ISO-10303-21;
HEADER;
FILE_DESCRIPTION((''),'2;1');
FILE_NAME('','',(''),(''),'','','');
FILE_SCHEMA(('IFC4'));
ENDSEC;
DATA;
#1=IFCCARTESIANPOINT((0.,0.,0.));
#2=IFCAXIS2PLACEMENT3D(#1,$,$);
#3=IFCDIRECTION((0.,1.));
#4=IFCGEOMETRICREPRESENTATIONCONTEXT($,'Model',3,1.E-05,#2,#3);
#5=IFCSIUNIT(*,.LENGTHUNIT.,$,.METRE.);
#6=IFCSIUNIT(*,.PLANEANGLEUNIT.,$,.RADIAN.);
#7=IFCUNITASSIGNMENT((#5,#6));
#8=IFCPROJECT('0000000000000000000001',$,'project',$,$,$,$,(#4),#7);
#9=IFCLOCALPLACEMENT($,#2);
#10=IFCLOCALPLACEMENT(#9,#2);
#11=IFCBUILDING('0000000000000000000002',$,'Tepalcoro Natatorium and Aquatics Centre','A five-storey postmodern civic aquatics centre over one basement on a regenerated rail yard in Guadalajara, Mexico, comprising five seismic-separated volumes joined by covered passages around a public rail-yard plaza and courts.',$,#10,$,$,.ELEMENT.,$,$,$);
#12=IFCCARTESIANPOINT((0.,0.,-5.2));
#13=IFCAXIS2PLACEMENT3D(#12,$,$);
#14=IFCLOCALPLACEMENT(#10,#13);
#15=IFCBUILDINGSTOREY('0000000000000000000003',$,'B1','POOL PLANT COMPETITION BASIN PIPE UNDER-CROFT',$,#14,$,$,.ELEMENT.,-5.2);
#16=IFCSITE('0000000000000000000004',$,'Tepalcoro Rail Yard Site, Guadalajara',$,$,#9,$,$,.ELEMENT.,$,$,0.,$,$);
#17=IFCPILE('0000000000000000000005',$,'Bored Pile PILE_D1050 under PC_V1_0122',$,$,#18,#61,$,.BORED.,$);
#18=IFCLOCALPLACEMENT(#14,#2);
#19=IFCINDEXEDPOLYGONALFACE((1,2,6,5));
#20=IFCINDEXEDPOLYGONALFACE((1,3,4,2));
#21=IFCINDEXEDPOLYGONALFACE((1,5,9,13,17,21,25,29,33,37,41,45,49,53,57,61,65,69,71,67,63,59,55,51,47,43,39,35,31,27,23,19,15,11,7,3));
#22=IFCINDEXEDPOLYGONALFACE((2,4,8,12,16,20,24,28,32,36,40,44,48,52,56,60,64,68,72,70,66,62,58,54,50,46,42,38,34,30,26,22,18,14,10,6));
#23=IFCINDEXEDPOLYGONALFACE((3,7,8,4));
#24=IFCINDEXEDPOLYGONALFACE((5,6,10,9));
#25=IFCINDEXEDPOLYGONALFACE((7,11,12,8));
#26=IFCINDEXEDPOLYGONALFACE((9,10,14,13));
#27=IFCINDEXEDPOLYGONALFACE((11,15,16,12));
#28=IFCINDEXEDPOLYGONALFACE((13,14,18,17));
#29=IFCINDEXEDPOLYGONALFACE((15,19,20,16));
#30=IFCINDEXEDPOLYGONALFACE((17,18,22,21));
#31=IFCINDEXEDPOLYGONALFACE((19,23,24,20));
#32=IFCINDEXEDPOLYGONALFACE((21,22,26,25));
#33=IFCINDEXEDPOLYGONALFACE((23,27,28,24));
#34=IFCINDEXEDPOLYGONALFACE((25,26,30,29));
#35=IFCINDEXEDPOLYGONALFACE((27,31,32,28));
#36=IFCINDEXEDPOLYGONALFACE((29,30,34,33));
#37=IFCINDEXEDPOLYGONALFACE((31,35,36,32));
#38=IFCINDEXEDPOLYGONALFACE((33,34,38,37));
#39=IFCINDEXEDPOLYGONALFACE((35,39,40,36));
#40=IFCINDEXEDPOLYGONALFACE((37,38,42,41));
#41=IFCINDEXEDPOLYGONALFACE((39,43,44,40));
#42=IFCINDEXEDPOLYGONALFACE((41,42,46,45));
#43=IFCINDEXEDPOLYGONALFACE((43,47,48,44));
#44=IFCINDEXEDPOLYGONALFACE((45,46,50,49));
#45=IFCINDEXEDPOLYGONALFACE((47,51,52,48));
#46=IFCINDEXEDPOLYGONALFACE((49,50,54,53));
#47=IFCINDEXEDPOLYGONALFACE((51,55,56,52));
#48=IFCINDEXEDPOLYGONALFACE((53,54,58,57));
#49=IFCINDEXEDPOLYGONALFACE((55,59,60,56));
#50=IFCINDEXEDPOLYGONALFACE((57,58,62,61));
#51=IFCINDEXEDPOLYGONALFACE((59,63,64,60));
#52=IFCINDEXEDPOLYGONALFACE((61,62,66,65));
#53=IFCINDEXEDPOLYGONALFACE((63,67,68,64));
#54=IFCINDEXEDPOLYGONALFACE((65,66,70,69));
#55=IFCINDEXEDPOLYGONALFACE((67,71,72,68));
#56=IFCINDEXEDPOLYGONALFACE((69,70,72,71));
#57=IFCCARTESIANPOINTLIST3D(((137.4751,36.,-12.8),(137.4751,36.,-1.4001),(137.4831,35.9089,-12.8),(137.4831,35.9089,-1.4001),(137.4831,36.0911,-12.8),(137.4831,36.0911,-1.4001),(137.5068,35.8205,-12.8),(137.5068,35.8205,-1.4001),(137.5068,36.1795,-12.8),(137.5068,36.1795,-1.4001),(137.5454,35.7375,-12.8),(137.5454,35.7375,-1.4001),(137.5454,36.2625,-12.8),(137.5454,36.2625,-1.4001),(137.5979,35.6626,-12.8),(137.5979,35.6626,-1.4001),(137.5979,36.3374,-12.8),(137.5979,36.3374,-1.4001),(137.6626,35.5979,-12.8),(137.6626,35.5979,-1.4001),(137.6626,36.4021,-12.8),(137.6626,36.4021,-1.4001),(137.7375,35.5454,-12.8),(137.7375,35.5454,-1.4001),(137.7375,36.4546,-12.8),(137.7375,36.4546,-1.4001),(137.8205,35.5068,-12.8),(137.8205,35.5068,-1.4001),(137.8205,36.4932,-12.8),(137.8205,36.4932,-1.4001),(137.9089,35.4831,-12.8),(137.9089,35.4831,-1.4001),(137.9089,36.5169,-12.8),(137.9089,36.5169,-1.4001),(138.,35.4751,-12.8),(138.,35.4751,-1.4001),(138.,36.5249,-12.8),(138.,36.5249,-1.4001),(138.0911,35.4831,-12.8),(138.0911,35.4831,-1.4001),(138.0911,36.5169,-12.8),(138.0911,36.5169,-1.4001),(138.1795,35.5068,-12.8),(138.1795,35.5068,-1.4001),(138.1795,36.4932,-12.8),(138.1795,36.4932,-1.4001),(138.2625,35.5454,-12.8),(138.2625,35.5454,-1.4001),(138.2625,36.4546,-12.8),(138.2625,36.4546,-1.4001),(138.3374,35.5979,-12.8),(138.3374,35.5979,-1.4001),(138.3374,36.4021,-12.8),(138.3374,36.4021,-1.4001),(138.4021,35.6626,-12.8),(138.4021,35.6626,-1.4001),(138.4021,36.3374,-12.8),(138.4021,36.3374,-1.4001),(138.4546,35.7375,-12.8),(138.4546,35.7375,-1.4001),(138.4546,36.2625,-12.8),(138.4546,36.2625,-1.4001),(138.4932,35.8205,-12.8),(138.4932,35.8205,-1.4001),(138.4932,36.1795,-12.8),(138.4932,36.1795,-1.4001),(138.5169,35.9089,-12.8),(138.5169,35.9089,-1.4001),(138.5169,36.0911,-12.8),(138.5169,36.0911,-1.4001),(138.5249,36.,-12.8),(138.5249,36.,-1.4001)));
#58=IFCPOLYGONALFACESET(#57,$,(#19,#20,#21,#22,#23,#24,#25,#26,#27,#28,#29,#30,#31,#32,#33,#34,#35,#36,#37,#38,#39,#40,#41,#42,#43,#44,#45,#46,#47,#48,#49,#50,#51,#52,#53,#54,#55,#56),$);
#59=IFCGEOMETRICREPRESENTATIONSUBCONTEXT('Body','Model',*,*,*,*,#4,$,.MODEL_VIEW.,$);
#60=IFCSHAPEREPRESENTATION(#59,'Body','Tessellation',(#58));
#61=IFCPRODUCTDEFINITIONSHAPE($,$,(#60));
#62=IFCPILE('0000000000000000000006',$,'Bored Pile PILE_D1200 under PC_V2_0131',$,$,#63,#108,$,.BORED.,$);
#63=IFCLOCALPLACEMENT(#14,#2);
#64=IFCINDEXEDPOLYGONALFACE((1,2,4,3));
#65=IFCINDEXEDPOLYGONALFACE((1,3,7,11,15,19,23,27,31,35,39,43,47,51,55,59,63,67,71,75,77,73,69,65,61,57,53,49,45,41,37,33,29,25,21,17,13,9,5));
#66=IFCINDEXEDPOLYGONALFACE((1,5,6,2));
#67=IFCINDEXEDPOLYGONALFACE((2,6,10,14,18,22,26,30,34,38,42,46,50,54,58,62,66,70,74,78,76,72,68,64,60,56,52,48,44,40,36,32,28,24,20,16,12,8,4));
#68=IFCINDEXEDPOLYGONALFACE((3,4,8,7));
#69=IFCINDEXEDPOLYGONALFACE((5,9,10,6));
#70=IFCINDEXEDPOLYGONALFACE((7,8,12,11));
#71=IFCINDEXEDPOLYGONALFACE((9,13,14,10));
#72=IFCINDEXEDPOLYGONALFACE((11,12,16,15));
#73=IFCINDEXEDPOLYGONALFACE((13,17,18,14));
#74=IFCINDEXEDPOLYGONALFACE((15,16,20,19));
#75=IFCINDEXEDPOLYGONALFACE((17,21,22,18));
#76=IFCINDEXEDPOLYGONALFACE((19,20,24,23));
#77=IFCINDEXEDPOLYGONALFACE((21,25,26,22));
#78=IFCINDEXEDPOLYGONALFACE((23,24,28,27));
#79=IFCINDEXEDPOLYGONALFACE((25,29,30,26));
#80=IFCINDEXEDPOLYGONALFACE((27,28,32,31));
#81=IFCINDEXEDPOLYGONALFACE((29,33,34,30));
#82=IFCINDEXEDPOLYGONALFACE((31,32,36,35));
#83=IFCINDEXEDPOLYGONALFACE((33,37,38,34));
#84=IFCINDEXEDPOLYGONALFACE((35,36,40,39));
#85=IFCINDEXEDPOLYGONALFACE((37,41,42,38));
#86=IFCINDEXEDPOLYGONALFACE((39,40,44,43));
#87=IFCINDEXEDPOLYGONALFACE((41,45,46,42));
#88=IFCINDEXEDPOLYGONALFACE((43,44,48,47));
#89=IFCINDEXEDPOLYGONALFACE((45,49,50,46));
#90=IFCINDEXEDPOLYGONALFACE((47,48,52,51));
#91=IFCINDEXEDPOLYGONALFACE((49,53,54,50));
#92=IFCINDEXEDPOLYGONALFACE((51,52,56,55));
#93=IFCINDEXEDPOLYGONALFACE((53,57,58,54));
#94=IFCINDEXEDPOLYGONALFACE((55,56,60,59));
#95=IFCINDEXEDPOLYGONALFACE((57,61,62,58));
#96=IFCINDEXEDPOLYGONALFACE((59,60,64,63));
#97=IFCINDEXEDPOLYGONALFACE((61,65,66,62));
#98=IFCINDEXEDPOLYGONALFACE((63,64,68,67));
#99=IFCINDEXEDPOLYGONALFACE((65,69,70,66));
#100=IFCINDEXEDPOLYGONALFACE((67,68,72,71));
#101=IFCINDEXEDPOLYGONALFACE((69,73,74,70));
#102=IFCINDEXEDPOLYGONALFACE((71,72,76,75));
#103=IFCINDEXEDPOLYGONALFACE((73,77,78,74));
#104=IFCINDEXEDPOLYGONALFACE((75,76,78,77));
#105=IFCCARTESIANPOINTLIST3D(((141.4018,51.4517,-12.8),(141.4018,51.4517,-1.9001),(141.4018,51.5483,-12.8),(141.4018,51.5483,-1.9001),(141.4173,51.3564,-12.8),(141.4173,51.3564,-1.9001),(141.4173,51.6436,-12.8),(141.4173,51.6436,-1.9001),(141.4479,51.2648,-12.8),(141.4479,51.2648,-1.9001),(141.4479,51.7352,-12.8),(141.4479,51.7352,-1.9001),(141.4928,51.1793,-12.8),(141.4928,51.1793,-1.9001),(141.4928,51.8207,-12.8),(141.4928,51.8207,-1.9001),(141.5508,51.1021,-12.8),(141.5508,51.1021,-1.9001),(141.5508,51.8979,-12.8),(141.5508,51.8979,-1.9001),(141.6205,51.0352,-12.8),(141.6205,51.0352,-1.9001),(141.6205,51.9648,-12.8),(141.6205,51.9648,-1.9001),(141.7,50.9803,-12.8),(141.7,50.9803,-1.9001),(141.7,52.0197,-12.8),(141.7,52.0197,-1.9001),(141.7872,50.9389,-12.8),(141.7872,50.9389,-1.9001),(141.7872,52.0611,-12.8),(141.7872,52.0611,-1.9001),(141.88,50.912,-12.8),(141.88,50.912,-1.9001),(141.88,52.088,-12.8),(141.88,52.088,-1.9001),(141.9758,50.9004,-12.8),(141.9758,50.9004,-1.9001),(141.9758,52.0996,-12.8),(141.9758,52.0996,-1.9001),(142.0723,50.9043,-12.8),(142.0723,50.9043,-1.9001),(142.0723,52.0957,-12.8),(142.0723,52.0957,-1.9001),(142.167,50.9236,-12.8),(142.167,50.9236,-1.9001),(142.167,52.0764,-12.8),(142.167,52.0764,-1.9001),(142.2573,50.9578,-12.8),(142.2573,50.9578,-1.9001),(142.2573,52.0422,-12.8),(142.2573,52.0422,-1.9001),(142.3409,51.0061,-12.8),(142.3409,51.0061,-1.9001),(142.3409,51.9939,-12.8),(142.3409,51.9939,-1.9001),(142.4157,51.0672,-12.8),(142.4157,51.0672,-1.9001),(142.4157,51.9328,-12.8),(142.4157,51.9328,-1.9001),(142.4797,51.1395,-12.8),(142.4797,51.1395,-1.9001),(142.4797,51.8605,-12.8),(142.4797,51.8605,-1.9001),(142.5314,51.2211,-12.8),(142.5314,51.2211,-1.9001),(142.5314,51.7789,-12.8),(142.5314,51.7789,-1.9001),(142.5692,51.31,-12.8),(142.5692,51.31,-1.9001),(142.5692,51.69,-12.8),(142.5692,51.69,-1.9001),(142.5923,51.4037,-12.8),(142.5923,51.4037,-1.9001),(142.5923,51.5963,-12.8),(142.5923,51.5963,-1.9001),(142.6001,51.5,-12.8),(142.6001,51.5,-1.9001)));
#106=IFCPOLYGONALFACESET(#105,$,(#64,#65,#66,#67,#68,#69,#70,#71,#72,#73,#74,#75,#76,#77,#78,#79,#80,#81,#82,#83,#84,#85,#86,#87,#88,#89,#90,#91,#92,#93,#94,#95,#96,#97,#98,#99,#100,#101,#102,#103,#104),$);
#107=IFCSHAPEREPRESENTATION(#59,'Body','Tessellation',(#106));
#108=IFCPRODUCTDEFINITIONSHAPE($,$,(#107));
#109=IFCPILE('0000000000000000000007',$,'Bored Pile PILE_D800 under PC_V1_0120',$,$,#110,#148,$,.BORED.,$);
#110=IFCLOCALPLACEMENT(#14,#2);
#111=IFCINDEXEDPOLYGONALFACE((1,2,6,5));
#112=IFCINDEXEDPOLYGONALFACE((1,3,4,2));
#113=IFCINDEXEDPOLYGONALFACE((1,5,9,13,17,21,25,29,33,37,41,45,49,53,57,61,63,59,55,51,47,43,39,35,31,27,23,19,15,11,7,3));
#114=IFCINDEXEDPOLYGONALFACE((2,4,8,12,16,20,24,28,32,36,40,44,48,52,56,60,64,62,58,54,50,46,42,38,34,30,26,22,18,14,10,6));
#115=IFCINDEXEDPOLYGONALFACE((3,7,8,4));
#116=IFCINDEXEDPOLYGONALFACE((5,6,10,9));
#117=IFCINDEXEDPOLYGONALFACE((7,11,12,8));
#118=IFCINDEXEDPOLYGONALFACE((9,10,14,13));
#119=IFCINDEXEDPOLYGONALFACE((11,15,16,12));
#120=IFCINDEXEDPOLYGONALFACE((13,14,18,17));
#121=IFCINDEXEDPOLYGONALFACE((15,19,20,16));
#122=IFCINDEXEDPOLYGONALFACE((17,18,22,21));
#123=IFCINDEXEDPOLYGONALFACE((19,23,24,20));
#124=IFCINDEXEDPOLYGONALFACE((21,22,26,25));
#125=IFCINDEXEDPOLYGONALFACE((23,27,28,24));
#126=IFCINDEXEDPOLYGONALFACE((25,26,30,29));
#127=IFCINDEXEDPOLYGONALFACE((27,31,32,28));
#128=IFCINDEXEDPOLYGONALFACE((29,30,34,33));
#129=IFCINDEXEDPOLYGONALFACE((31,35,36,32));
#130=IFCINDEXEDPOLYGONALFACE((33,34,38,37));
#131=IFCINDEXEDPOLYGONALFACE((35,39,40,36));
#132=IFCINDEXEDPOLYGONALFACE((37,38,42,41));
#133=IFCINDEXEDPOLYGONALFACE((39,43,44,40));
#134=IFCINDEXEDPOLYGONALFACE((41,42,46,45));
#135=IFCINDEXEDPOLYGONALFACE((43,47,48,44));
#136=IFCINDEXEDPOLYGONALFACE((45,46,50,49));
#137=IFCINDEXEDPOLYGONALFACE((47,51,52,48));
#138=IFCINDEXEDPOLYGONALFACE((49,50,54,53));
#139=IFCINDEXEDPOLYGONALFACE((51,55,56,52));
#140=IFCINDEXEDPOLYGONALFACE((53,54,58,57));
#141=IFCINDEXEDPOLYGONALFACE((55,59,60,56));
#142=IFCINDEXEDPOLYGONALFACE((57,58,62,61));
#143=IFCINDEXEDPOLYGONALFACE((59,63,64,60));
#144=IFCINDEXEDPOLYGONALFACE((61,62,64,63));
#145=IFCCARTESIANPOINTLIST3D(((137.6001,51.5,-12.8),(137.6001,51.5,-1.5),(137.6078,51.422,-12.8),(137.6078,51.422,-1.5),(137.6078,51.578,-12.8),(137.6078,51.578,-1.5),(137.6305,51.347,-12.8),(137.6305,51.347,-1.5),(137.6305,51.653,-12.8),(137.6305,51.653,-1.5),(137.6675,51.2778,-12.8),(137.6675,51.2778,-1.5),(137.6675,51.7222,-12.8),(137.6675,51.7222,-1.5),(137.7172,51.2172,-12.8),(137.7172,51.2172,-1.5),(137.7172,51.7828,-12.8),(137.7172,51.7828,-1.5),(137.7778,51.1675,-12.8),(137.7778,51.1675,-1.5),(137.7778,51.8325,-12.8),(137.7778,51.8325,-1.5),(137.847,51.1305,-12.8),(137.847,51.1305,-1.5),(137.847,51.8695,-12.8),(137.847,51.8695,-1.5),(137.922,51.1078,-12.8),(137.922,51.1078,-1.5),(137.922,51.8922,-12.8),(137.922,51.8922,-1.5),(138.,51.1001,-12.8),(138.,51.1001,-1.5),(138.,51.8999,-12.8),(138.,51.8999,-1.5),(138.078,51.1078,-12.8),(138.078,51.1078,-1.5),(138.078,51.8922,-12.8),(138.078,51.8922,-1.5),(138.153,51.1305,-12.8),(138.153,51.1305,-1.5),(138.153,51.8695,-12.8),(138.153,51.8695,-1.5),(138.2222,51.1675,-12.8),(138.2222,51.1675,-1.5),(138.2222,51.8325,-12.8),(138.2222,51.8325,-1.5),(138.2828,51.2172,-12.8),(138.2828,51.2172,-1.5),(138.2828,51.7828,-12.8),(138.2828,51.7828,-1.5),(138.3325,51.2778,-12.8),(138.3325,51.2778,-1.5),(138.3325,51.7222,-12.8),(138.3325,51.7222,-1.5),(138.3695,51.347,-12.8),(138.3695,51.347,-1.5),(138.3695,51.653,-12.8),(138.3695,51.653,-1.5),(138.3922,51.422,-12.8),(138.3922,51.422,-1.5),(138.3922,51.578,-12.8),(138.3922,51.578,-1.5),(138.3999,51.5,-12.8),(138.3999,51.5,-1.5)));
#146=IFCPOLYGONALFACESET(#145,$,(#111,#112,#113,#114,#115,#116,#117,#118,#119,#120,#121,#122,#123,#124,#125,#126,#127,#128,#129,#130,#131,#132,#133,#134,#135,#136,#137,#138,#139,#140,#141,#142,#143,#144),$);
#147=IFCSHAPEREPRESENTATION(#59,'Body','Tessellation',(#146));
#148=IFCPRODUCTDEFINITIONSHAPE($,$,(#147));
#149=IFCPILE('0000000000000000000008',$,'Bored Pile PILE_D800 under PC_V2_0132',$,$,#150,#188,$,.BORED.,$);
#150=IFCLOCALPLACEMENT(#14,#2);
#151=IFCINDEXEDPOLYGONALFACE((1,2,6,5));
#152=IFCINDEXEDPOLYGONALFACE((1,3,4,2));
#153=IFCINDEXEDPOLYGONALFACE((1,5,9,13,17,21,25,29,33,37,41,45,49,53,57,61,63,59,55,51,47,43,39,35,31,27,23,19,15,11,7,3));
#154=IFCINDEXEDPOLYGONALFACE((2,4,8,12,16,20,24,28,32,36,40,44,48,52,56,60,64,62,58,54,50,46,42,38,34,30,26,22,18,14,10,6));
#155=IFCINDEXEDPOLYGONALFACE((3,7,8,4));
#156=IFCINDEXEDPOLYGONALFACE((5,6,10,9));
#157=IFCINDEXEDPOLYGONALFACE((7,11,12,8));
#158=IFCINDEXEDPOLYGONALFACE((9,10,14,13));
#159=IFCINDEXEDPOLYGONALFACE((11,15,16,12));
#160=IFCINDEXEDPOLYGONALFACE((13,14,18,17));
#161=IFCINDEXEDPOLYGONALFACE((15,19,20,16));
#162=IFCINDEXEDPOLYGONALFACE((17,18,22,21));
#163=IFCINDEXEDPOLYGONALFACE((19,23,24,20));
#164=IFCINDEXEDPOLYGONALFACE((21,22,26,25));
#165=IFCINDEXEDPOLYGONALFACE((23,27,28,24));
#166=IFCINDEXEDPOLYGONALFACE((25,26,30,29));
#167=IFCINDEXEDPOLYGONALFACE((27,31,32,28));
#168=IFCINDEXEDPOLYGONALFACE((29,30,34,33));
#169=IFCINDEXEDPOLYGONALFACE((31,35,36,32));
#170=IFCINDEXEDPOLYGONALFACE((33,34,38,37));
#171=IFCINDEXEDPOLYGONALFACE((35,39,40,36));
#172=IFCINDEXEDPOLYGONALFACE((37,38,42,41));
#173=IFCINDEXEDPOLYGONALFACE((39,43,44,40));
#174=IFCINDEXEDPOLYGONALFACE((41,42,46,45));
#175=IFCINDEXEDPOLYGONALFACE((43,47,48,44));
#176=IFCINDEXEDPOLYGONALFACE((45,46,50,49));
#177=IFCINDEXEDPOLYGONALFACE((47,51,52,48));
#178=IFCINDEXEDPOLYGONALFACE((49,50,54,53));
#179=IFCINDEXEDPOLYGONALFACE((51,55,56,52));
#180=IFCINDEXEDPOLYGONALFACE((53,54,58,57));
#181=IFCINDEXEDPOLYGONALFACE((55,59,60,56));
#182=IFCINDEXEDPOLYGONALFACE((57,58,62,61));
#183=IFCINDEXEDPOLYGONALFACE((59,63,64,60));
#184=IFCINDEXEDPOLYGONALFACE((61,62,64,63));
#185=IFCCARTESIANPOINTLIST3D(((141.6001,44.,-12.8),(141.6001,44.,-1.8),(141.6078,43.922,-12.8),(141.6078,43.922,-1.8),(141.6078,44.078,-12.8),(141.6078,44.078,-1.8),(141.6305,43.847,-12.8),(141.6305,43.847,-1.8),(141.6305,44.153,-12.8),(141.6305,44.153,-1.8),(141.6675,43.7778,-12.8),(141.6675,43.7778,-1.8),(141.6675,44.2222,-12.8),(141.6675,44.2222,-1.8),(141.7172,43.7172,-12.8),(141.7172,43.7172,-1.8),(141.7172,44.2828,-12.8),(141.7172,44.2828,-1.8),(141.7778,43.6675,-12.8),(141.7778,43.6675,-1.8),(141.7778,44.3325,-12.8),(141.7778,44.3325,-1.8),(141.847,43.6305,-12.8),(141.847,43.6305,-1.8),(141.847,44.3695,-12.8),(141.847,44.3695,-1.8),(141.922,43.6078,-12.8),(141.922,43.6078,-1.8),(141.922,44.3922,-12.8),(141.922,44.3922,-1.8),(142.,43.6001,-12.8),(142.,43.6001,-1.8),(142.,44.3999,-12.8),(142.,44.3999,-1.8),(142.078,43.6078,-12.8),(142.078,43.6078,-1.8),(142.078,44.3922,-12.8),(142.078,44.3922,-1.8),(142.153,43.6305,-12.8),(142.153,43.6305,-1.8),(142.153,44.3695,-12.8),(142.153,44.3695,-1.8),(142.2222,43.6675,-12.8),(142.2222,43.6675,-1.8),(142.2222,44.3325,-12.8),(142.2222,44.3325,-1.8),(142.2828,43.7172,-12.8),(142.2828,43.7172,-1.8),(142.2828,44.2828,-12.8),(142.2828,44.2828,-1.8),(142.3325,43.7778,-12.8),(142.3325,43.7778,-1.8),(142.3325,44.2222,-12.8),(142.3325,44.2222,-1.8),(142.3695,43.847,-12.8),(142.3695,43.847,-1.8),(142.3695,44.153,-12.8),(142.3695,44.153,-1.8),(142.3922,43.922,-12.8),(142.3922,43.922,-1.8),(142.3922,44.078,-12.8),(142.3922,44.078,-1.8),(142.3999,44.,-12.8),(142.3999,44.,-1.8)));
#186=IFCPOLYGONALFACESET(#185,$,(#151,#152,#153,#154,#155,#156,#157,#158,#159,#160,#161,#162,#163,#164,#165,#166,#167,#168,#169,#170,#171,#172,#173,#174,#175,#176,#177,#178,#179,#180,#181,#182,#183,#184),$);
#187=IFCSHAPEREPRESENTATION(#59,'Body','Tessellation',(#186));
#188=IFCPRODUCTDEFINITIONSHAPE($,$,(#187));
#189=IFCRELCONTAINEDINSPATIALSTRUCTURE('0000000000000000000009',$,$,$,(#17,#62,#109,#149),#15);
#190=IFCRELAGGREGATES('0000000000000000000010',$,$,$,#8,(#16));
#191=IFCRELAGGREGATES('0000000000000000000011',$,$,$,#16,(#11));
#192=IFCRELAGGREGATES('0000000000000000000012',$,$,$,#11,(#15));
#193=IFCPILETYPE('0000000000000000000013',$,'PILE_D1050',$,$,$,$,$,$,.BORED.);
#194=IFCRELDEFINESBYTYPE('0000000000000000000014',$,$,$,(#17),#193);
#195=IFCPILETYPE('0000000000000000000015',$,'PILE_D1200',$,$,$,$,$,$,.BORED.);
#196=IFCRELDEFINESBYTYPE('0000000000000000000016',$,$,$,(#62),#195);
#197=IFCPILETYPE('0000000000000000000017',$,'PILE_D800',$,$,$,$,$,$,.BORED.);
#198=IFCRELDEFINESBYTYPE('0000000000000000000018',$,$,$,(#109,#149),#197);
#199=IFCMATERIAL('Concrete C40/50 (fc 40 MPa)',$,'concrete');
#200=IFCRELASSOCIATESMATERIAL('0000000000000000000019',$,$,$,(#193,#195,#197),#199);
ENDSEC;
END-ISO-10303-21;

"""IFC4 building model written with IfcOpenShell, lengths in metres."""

from ifc_helpers import new_model, si_unit, direction, frame, origin, origin_2d, place, context, subcontext, project, spatial, circle, extrude, material, material_profile, profile_set, type_object, element, save


model = new_model("IFC4")

# Units and contexts
model_context = context("Model", 3, precision=1e-05, world=origin(), true_north=direction((0.0, 1.0)))
body_context = subcontext(model_context, "Body", "Model", "MODEL_VIEW")
ifc_project = project(units=[si_unit("LENGTHUNIT", "METRE"), si_unit("PLANEANGLEUNIT", "RADIAN")], contexts=[model_context])

# Site, building, storey
site_placement = place(None, origin())
site = spatial("IfcSite", under=ifc_project, at=site_placement, Name="Tepalcoro Rail Yard Site, Guadalajara", CompositionType="ELEMENT", RefElevation=0.0)
building_placement = place(site_placement, origin())
building = spatial("IfcBuilding", under=site, at=building_placement, Name="Tepalcoro Natatorium and Aquatics Centre", Description="A five-storey postmodern civic aquatics centre over one basement on a regenerated rail yard in Guadalajara, Mexico, comprising five seismic-separated volumes joined by covered passages around a public rail-yard plaza and courts.", CompositionType="ELEMENT")
storey_placement = place(building_placement, frame((0.0, 0.0, -5.2)))
storey = spatial("IfcBuildingStorey", under=building, at=storey_placement, Name="B1", Description="POOL PLANT COMPETITION BASIN PIPE UNDER-CROFT", CompositionType="ELEMENT", Elevation=-5.2)

# Piles
ifc_material_1 = material(Name="Concrete C40/50 (fc 40 MPa)", Category="concrete")
ifc_material_profile_1 = material_profile(ifc_material_1, circle(Radius=0.5249, at=origin_2d()), Name="PILE_D1050")
ifc_profile_set_1 = profile_set([ifc_material_profile_1], Name="Concrete C40/50 (fc 40 MPa)")
pile_type_1 = type_object("IfcPileType", Name="PILE_D1050", PredefinedType="BORED", material=ifc_profile_set_1)
pile_1_placement = place(storey_placement, frame((138.0, 36.0, -1.4001), z_axis=(0.0, 0.0, -1.0), x_axis=(1.0, 0.0, 0.0)))
element("IfcPile", 1, at=pile_1_placement, inside=storey, type_object=pile_type_1, Name="Bored Pile PILE_D1050 under PC_V1_0122", PredefinedType="BORED", context=body_context, shape_type="SweptSolid", body=[
    extrude(circle(Radius=0.5249, at=origin_2d()), origin(), (0.0, 0.0, 1.0), 11.3999),
])
ifc_material_profile_2 = material_profile(ifc_material_1, circle(Radius=0.6001, at=origin_2d()), Name="PILE_D1200")
ifc_profile_set_2 = profile_set([ifc_material_profile_2], Name="Concrete C40/50 (fc 40 MPa)")
pile_type_2 = type_object("IfcPileType", Name="PILE_D1200", PredefinedType="BORED", material=ifc_profile_set_2)
pile_2_placement = place(storey_placement, frame((142.0, 51.5, -1.9001), z_axis=(0.0, 0.0, -1.0), x_axis=(1.0, 0.0, 0.0)))
element("IfcPile", 2, at=pile_2_placement, inside=storey, type_object=pile_type_2, Name="Bored Pile PILE_D1200 under PC_V2_0131", PredefinedType="BORED", context=body_context, shape_type="SweptSolid", body=[
    extrude(circle(Radius=0.6001, at=origin_2d()), origin(), (0.0, 0.0, 1.0), 10.8999),
])
ifc_material_profile_3 = material_profile(ifc_material_1, circle(Radius=0.3999, at=origin_2d()), Name="PILE_D800")
ifc_profile_set_3 = profile_set([ifc_material_profile_3], Name="Concrete C40/50 (fc 40 MPa)")
pile_type_3 = type_object("IfcPileType", Name="PILE_D800", PredefinedType="BORED", material=ifc_profile_set_3)
pile_3_placement = place(storey_placement, frame((138.0, 51.5, -1.5), z_axis=(0.0, 0.0, -1.0), x_axis=(1.0, 0.0, 0.0)))
element("IfcPile", 3, at=pile_3_placement, inside=storey, type_object=pile_type_3, Name="Bored Pile PILE_D800 under PC_V1_0120", PredefinedType="BORED", context=body_context, shape_type="SweptSolid", body=[
    extrude(circle(Radius=0.3999, at=origin_2d()), origin(), (0.0, 0.0, 1.0), 11.3),
])
pile_4_placement = place(storey_placement, frame((142.0, 44.0, -1.8), z_axis=(0.0, 0.0, -1.0), x_axis=(1.0, 0.0, 0.0)))
element("IfcPile", 4, at=pile_4_placement, inside=storey, type_object=pile_type_3, Name="Bored Pile PILE_D800 under PC_V2_0132", PredefinedType="BORED", context=body_context, shape_type="SweptSolid", body=[
    extrude(circle(Radius=0.3999, at=origin_2d()), origin(), (0.0, 0.0, 1.0), 11.0),
])

save(model, "model.ifc")
